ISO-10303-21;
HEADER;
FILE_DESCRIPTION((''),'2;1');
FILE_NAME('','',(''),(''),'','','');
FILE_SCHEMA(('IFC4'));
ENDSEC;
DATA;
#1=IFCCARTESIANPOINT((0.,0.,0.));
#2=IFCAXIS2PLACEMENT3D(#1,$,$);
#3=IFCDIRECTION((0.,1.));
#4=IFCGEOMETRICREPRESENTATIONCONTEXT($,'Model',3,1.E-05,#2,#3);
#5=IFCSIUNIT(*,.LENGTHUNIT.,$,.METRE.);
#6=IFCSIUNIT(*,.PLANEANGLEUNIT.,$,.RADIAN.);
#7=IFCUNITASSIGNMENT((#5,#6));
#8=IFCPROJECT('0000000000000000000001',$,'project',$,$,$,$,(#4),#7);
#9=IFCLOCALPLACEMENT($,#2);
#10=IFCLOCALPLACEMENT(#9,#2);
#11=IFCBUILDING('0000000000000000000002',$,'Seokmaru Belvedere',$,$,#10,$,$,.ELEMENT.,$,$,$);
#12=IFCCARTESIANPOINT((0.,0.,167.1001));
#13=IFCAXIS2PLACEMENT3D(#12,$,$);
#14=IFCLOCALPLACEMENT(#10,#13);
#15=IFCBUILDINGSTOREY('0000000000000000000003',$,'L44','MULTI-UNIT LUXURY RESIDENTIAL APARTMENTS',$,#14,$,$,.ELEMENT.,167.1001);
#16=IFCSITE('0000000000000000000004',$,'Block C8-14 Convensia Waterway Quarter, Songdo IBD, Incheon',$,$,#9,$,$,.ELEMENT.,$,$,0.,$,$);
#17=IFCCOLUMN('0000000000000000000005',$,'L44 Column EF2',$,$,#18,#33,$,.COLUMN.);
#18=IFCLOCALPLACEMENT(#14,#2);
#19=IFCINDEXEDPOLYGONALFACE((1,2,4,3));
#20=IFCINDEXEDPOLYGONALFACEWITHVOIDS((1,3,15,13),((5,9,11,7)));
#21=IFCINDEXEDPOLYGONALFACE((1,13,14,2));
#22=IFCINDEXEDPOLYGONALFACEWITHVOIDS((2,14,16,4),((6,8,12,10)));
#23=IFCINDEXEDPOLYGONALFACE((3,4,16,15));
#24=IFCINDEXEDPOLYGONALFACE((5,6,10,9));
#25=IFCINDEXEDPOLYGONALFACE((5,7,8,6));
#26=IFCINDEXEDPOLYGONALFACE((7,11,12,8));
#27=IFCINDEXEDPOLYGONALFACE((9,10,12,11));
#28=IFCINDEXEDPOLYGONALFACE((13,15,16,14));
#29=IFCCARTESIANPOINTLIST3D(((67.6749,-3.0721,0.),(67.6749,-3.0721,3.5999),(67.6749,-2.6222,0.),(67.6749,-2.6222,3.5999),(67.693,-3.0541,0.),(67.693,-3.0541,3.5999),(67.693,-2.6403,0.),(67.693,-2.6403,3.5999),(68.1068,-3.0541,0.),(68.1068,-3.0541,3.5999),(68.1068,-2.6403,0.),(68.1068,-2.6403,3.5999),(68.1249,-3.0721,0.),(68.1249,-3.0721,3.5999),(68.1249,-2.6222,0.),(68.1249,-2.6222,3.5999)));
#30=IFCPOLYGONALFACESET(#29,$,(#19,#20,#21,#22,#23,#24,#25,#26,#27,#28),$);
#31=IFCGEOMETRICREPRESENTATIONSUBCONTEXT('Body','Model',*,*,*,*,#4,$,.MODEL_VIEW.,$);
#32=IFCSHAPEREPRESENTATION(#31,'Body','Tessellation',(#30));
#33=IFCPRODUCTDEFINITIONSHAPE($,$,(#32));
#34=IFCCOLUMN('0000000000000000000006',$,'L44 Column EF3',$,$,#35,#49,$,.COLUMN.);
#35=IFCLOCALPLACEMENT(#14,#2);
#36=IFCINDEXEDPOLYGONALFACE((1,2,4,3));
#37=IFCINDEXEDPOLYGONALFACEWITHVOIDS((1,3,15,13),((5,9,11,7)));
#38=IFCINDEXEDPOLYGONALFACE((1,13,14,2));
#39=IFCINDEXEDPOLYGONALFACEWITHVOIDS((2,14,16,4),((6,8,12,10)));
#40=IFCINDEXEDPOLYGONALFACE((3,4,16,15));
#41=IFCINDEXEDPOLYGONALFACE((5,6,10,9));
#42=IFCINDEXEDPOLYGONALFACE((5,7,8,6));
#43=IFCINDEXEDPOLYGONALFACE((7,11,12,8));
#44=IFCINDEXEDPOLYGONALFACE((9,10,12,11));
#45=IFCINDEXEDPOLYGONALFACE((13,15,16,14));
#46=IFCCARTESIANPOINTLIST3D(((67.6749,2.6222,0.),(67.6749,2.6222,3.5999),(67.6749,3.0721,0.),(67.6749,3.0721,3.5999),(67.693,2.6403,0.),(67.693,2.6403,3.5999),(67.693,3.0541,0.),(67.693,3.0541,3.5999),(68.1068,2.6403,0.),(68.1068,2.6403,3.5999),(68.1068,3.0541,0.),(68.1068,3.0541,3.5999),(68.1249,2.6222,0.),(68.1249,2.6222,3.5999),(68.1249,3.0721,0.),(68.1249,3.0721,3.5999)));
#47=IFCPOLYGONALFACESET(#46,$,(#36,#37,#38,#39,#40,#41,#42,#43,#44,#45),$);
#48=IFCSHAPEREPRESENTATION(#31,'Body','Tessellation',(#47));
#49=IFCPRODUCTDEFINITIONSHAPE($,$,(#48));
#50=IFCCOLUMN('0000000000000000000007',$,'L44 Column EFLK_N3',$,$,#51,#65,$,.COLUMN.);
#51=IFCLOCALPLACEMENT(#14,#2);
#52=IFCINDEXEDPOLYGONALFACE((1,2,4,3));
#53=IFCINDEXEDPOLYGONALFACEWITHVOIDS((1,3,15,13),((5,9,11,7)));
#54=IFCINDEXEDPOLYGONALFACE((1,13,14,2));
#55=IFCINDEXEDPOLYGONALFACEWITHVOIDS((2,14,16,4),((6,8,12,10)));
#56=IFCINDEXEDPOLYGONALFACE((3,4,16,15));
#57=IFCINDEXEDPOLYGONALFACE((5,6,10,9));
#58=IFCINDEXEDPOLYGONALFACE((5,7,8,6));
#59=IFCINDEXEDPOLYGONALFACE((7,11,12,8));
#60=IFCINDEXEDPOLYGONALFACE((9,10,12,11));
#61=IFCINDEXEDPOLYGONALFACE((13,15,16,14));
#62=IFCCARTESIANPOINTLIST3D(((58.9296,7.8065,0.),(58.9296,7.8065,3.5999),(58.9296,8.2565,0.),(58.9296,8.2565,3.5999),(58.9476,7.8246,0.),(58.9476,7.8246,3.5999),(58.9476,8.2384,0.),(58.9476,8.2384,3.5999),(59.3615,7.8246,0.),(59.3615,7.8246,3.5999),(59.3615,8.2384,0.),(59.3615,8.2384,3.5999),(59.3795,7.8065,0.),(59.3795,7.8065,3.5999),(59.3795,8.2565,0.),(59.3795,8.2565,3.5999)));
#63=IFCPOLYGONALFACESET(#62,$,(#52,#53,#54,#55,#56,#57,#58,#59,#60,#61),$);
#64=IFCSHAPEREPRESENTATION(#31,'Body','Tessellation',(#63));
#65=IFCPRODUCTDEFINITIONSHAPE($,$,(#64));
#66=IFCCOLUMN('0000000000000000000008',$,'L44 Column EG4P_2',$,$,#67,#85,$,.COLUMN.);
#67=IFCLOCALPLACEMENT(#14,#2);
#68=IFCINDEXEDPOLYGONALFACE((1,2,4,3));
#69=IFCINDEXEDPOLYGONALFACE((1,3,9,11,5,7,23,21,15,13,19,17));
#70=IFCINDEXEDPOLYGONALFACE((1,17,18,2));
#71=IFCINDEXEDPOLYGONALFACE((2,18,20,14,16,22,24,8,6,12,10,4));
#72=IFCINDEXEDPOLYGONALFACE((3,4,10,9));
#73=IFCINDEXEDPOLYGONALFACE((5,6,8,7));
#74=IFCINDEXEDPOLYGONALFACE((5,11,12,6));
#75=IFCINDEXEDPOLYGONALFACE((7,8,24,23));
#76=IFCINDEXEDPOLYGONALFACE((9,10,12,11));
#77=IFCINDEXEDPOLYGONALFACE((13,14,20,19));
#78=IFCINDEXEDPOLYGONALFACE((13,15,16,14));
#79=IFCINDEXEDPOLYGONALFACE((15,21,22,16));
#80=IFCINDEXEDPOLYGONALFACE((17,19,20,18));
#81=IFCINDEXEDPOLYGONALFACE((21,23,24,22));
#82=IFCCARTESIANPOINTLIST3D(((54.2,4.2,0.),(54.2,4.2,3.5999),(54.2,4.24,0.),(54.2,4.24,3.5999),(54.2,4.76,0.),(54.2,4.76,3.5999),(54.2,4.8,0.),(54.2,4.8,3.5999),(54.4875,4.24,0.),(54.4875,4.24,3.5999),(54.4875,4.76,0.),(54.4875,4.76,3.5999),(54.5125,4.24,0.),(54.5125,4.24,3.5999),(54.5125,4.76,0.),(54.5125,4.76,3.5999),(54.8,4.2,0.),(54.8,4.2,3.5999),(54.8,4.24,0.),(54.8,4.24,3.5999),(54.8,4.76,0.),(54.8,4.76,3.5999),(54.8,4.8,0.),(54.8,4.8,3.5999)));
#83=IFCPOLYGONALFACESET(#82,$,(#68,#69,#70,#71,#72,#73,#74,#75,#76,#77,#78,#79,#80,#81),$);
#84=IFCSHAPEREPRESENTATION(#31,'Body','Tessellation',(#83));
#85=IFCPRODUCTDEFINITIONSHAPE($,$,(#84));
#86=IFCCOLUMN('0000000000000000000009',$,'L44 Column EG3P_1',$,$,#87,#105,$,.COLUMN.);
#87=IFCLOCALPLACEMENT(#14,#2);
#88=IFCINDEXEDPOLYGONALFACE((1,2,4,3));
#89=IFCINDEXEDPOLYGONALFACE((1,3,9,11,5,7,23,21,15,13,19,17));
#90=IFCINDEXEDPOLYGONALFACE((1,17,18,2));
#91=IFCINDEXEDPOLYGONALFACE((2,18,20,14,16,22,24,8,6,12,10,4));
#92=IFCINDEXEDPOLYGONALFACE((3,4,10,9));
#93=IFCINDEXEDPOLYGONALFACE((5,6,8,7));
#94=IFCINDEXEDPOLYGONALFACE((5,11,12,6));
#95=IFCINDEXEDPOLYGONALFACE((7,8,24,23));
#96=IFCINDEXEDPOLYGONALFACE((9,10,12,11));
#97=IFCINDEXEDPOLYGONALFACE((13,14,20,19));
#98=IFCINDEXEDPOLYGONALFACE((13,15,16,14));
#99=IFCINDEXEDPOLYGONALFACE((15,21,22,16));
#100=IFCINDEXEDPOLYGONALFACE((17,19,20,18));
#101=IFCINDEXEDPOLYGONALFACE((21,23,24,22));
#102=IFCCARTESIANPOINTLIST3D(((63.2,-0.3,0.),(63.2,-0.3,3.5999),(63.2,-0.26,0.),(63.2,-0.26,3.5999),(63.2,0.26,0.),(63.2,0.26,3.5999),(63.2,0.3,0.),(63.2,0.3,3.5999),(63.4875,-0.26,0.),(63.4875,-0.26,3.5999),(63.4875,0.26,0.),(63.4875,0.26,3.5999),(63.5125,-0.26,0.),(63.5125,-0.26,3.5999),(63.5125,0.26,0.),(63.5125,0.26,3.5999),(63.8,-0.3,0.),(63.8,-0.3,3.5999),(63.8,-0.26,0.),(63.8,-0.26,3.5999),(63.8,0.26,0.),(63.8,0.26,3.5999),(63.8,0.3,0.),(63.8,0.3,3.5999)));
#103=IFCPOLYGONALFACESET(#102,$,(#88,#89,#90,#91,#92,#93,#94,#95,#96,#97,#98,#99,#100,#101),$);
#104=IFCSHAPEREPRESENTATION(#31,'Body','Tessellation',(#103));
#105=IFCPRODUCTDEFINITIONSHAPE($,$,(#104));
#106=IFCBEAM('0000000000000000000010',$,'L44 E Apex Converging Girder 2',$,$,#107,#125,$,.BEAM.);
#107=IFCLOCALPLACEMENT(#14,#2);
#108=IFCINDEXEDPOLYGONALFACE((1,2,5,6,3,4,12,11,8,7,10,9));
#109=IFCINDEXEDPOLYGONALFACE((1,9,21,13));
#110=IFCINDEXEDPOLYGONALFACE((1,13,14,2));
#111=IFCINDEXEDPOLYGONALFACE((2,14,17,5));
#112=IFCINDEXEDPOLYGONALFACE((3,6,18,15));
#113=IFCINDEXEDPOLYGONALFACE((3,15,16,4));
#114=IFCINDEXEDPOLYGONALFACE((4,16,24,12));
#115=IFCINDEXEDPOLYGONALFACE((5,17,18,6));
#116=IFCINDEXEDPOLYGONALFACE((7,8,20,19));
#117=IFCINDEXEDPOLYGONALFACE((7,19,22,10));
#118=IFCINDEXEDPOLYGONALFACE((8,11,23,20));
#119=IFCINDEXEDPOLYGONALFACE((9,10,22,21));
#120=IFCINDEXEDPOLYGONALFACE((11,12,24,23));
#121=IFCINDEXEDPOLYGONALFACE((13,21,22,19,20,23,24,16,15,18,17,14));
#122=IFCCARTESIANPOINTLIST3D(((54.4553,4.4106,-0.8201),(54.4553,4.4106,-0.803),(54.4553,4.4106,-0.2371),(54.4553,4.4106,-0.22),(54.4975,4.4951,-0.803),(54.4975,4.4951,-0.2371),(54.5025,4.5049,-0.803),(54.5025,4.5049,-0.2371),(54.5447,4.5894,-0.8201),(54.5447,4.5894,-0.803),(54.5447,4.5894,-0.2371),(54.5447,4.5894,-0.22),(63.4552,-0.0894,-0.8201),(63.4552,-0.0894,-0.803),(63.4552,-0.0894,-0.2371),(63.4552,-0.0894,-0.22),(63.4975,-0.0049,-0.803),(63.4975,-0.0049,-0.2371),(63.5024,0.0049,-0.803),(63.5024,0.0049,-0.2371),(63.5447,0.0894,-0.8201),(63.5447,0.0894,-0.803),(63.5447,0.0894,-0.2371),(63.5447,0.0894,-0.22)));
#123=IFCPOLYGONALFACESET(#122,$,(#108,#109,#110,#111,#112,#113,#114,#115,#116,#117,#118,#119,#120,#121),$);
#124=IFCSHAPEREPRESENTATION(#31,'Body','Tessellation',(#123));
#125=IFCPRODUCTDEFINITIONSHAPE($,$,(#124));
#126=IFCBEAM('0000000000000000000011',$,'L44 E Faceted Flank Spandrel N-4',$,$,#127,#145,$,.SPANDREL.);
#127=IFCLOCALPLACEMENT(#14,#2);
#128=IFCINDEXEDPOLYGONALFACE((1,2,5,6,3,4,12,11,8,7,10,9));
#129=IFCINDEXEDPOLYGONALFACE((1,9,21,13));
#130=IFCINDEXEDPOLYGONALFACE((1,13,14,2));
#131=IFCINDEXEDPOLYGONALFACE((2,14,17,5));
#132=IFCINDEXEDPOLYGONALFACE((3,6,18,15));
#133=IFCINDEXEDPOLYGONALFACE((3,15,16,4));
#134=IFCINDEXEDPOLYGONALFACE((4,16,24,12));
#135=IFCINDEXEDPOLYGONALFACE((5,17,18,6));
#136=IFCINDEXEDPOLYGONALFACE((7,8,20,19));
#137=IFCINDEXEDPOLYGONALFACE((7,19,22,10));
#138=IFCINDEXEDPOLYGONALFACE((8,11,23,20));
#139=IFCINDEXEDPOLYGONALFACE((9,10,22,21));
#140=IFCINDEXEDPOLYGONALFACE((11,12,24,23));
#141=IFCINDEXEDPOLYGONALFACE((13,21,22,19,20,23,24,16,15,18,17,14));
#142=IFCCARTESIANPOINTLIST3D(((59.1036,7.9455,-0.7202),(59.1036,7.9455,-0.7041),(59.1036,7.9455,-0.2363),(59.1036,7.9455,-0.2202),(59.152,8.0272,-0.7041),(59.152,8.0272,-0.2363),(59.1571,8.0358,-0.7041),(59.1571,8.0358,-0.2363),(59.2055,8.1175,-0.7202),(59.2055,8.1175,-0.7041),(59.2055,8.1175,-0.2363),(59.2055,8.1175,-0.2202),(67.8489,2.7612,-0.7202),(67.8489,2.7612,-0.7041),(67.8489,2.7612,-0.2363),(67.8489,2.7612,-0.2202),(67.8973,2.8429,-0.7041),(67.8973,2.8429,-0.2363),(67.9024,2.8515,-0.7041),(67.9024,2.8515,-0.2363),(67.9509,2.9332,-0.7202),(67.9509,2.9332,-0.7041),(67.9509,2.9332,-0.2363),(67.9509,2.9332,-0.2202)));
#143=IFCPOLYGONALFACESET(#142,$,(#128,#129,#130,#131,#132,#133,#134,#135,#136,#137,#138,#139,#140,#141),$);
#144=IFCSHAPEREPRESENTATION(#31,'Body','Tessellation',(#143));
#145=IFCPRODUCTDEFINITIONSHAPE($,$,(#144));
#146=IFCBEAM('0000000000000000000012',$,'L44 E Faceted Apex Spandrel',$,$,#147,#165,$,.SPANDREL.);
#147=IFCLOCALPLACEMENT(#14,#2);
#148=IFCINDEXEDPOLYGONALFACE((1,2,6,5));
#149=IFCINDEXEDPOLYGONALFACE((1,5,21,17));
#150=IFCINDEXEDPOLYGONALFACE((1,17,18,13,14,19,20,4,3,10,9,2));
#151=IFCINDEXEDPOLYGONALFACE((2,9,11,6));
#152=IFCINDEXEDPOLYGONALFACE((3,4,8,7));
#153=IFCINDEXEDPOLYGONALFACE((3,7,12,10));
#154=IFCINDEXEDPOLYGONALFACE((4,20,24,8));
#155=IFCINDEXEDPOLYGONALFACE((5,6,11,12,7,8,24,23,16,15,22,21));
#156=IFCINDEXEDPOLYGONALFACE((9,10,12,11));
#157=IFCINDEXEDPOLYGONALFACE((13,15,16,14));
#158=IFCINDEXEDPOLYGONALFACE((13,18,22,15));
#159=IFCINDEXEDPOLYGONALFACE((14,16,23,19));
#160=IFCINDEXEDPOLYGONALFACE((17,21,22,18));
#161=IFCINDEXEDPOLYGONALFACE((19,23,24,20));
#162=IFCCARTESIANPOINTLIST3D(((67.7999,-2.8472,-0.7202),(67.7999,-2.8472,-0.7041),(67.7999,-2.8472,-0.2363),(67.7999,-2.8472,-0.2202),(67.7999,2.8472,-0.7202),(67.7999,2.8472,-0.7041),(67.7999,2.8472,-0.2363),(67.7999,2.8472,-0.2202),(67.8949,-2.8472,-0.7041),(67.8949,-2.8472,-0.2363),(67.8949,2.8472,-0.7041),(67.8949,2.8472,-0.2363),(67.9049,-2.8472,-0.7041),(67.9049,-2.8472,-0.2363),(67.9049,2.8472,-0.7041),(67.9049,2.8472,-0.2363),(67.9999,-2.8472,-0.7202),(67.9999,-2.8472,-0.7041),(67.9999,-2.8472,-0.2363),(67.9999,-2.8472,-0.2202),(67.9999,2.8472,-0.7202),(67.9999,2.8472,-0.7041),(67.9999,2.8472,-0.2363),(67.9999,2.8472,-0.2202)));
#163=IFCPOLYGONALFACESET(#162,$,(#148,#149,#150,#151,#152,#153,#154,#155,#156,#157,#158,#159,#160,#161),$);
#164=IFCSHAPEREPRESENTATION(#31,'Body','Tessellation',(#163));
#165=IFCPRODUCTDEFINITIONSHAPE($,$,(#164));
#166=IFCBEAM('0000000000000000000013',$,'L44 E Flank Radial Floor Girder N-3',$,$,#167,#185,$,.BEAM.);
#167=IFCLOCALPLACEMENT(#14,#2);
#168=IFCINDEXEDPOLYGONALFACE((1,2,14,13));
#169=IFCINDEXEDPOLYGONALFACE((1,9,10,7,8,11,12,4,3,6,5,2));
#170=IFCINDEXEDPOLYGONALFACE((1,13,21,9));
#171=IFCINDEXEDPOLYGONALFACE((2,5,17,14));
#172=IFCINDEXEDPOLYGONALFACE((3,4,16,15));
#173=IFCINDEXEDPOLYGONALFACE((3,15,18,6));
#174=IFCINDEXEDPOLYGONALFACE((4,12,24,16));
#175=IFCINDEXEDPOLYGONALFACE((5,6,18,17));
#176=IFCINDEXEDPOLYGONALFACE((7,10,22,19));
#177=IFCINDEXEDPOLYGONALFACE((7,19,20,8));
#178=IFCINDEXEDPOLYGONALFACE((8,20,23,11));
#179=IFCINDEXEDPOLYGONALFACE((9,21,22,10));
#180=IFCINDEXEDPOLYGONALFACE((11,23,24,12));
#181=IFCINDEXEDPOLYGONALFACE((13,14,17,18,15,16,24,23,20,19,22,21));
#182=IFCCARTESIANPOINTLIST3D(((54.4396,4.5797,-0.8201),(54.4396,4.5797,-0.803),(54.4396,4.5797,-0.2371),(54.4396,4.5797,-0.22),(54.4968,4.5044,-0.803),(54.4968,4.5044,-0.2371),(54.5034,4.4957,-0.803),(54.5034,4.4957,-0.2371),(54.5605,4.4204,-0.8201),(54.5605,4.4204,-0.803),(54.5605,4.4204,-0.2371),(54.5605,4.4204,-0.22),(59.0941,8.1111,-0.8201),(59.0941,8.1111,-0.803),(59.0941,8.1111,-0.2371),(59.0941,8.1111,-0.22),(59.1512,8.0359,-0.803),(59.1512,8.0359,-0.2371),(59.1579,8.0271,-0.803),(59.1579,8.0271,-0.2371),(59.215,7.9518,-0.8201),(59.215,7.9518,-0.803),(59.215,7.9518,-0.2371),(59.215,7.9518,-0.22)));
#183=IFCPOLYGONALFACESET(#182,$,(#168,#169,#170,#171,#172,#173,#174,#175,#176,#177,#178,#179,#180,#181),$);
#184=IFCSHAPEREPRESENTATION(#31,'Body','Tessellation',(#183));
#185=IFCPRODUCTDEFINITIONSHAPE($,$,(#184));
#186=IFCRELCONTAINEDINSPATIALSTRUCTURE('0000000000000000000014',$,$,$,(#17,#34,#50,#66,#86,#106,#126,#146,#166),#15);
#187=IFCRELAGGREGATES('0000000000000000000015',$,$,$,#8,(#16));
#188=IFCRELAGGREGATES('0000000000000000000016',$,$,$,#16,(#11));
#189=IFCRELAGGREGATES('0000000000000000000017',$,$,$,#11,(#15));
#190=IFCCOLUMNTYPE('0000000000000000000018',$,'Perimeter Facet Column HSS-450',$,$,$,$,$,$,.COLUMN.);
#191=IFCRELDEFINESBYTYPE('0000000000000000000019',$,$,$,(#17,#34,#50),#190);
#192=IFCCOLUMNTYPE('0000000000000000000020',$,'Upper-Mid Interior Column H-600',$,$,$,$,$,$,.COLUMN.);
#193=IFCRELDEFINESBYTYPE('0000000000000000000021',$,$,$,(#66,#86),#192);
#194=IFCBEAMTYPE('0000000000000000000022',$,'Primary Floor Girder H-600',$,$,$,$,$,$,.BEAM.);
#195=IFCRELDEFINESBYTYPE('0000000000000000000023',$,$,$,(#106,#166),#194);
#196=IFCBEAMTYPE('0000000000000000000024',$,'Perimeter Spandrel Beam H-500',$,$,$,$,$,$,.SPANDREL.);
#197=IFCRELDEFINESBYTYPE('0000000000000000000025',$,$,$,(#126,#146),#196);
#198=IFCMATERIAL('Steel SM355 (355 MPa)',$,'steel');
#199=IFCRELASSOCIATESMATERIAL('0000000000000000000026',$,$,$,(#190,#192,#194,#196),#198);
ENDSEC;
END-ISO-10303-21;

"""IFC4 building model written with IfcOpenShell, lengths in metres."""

from ifc_helpers import new_model, si_unit, direction, frame, origin, origin_2d, place, context, subcontext, project, spatial, hollow_rectangle, i_section, extrude, source, transform, mapped, material, material_profile, profile_set, type_object, type_shapes, element, save


model = new_model("IFC4")

# Units and contexts
model_context = context("Model", 3, precision=1e-05, world=origin(), true_north=direction((0.0, 1.0)))
body_context = subcontext(model_context, "Body", "Model", "MODEL_VIEW")
ifc_project = project(units=[si_unit("LENGTHUNIT", "METRE"), si_unit("PLANEANGLEUNIT", "RADIAN")], contexts=[model_context])

# Site, building, storey
site_placement = place(None, origin())
site = spatial("IfcSite", under=ifc_project, at=site_placement, Name="Block C8-14 Convensia Waterway Quarter, Songdo IBD, Incheon", CompositionType="ELEMENT", RefElevation=0.0)
building_placement = place(site_placement, origin())
building = spatial("IfcBuilding", under=site, at=building_placement, Name="Seokmaru Belvedere", CompositionType="ELEMENT")
storey_placement = place(building_placement, frame((0.0, 0.0, 167.1001)))
storey = spatial("IfcBuildingStorey", under=building, at=storey_placement, Name="L44", Description="MULTI-UNIT LUXURY RESIDENTIAL APARTMENTS", CompositionType="ELEMENT", Elevation=167.1001)

# Columns
ifc_material_1 = material(Name="Steel SM355 (355 MPa)", Category="steel")
ifc_material_profile_1 = material_profile(ifc_material_1, hollow_rectangle(XDim=0.45, YDim=0.45, WallThickness=0.0181, at=origin_2d()), Name="HSS-450x450x18")
ifc_profile_set_1 = profile_set([ifc_material_profile_1], Name="Steel SM355 (355 MPa)")
column_type_1 = type_object("IfcColumnType", Name="Perimeter Facet Column HSS-450", PredefinedType="COLUMN", material=ifc_profile_set_1)
shared_shape_1 = source(origin(), body_context, "Body", "SweptSolid", [
    extrude(hollow_rectangle(XDim=0.45, YDim=0.45, WallThickness=0.0181, at=origin_2d()), origin(), (0.0, 0.0, 1.0), 3.5999),
])
type_shapes(column_type_1, [shared_shape_1])
for number, where, z_axis, x_axis, name in (
    (1, (67.8999, -2.8472, 0.0), (0.0, 0.0, 1.0), (1.0, 0.0, 0.0), "L44 Column EF2"),
    (2, (67.8999, 2.8472, 0.0), (0.0, 0.0, 1.0), (1.0, 0.0, 0.0), "L44 Column EF3"),
    (3, (59.1545, 8.0315, 0.0), (0.0, 0.0, 1.0), (1.0, 0.0, 0.0), "L44 Column EFLK_N3"),
):
    element("IfcColumn", number, at=place(storey_placement, frame(where, z_axis=z_axis, x_axis=x_axis)), inside=storey, type_object=column_type_1, Name=name, PredefinedType="COLUMN", context=body_context, shape_type="MappedRepresentation", body=[
        mapped(shared_shape_1, transform((0.0, 0.0, 0.0), scale=1.0)),
    ])
ifc_material_profile_2 = material_profile(ifc_material_1, i_section(OverallWidth=0.6001, OverallDepth=0.6001, WebThickness=0.0249, FlangeThickness=0.04, at=origin_2d()), Name="H-600x600x25x40")
ifc_profile_set_2 = profile_set([ifc_material_profile_2], Name="Steel SM355 (355 MPa)")
column_type_2 = type_object("IfcColumnType", Name="Upper-Mid Interior Column H-600", PredefinedType="COLUMN", material=ifc_profile_set_2)
shared_shape_2 = source(origin(), body_context, "Body", "SweptSolid", [
    extrude(i_section(OverallWidth=0.6001, OverallDepth=0.6001, WebThickness=0.0249, FlangeThickness=0.04, at=origin_2d()), origin(), (0.0, 0.0, 1.0), 3.5999),
])
type_shapes(column_type_2, [shared_shape_2])
for number, where, z_axis, x_axis, name in (
    (4, (54.5, 4.5, 0.0), (0.0, 0.0, 1.0), (1.0, 0.0, 0.0), "L44 Column EG4P_2"),
    (5, (63.5, 0.0, 0.0), (0.0, 0.0, 1.0), (1.0, 0.0, 0.0), "L44 Column EG3P_1"),
):
    element("IfcColumn", number, at=place(storey_placement, frame(where, z_axis=z_axis, x_axis=x_axis)), inside=storey, type_object=column_type_2, Name=name, PredefinedType="COLUMN", context=body_context, shape_type="MappedRepresentation", body=[
        mapped(shared_shape_2, transform((0.0, 0.0, 0.0), scale=1.0)),
    ])

# Beams
ifc_material_profile_3 = material_profile(ifc_material_1, i_section(OverallWidth=0.2, OverallDepth=0.6001, WebThickness=0.011, FlangeThickness=0.0171, at=origin_2d()), Name="H-600x200x11x17")
ifc_profile_set_3 = profile_set([ifc_material_profile_3], Name="Steel SM355 (355 MPa)")
beam_type_1 = type_object("IfcBeamType", Name="Primary Floor Girder H-600", PredefinedType="BEAM", material=ifc_profile_set_3)
shared_shape_3 = source(origin(), body_context, "Body", "SweptSolid", [
    extrude(i_section(OverallWidth=0.2, OverallDepth=0.6001, WebThickness=0.011, FlangeThickness=0.0171, at=origin_2d()), origin(), (0.0, 0.0, 1.0), 10.0623),
])
beam_1_placement = place(storey_placement, frame((54.5, 4.5, -0.52), z_axis=(0.894427, -0.447214, 0.0), x_axis=(0.447214, 0.894427, 0.0)))
element("IfcBeam", 6, at=beam_1_placement, inside=storey, type_object=beam_type_1, Name="L44 E Apex Converging Girder 2", PredefinedType="BEAM", context=body_context, shape_type="MappedRepresentation", body=[
    mapped(shared_shape_3, transform((0.0, 0.0, 0.0), scale=1.0)),
])
ifc_material_profile_4 = material_profile(ifc_material_1, i_section(OverallWidth=0.2, OverallDepth=0.5, WebThickness=0.01, FlangeThickness=0.0161, at=origin_2d()), Name="H-500x200x10x16")
ifc_profile_set_4 = profile_set([ifc_material_profile_4], Name="Steel SM355 (355 MPa)")
beam_type_2 = type_object("IfcBeamType", Name="Perimeter Spandrel Beam H-500", PredefinedType="SPANDREL", material=ifc_profile_set_4)
shared_shape_4 = source(origin(), body_context, "Body", "SweptSolid", [
    extrude(i_section(OverallWidth=0.2, OverallDepth=0.5, WebThickness=0.01, FlangeThickness=0.0161, at=origin_2d()), origin(), (0.0, 0.0, 1.0), 10.1665),
])
beam_2_placement = place(storey_placement, frame((59.1545, 8.0315, -0.4702), z_axis=(0.86021, -0.50994, 0.0), x_axis=(0.50994, 0.86021, 0.0)))
element("IfcBeam", 7, at=beam_2_placement, inside=storey, type_object=beam_type_2, Name="L44 E Faceted Flank Spandrel N-4", PredefinedType="SPANDREL", context=body_context, shape_type="MappedRepresentation", body=[
    mapped(shared_shape_4, transform((0.0, 0.0, 0.0), scale=1.0)),
])
shared_shape_5 = source(origin(), body_context, "Body", "SweptSolid", [
    extrude(i_section(OverallWidth=0.2, OverallDepth=0.5, WebThickness=0.01, FlangeThickness=0.0161, at=origin_2d()), origin(), (0.0, 0.0, 1.0), 5.6943),
])
type_shapes(beam_type_2, [shared_shape_4, shared_shape_5])
beam_3_placement = place(storey_placement, frame((67.8999, -2.8472, -0.4702), z_axis=(0.0, 1.0, 0.0), x_axis=(-1.0, 0.0, 0.0)))
element("IfcBeam", 8, at=beam_3_placement, inside=storey, type_object=beam_type_2, Name="L44 E Faceted Apex Spandrel", PredefinedType="SPANDREL", context=body_context, shape_type="MappedRepresentation", body=[
    mapped(shared_shape_5, transform((0.0, 0.0, 0.0), scale=1.0)),
])
shared_shape_6 = source(origin(), body_context, "Body", "SweptSolid", [
    extrude(i_section(OverallWidth=0.2, OverallDepth=0.6001, WebThickness=0.011, FlangeThickness=0.0171, at=origin_2d()), origin(), (0.0, 0.0, 1.0), 5.8425),
])
beam_4_placement = place(storey_placement, frame((59.1545, 8.0315, -0.52), z_axis=(-0.796653, -0.604437, 0.0), x_axis=(0.604437, -0.796653, 0.0)))
element("IfcBeam", 9, at=beam_4_placement, inside=storey, type_object=beam_type_1, Name="L44 E Flank Radial Floor Girder N-3", PredefinedType="BEAM", context=body_context, shape_type="MappedRepresentation", body=[
    mapped(shared_shape_6, transform((0.0, 0.0, 0.0), scale=1.0)),
])

save(model, "model.ifc")
